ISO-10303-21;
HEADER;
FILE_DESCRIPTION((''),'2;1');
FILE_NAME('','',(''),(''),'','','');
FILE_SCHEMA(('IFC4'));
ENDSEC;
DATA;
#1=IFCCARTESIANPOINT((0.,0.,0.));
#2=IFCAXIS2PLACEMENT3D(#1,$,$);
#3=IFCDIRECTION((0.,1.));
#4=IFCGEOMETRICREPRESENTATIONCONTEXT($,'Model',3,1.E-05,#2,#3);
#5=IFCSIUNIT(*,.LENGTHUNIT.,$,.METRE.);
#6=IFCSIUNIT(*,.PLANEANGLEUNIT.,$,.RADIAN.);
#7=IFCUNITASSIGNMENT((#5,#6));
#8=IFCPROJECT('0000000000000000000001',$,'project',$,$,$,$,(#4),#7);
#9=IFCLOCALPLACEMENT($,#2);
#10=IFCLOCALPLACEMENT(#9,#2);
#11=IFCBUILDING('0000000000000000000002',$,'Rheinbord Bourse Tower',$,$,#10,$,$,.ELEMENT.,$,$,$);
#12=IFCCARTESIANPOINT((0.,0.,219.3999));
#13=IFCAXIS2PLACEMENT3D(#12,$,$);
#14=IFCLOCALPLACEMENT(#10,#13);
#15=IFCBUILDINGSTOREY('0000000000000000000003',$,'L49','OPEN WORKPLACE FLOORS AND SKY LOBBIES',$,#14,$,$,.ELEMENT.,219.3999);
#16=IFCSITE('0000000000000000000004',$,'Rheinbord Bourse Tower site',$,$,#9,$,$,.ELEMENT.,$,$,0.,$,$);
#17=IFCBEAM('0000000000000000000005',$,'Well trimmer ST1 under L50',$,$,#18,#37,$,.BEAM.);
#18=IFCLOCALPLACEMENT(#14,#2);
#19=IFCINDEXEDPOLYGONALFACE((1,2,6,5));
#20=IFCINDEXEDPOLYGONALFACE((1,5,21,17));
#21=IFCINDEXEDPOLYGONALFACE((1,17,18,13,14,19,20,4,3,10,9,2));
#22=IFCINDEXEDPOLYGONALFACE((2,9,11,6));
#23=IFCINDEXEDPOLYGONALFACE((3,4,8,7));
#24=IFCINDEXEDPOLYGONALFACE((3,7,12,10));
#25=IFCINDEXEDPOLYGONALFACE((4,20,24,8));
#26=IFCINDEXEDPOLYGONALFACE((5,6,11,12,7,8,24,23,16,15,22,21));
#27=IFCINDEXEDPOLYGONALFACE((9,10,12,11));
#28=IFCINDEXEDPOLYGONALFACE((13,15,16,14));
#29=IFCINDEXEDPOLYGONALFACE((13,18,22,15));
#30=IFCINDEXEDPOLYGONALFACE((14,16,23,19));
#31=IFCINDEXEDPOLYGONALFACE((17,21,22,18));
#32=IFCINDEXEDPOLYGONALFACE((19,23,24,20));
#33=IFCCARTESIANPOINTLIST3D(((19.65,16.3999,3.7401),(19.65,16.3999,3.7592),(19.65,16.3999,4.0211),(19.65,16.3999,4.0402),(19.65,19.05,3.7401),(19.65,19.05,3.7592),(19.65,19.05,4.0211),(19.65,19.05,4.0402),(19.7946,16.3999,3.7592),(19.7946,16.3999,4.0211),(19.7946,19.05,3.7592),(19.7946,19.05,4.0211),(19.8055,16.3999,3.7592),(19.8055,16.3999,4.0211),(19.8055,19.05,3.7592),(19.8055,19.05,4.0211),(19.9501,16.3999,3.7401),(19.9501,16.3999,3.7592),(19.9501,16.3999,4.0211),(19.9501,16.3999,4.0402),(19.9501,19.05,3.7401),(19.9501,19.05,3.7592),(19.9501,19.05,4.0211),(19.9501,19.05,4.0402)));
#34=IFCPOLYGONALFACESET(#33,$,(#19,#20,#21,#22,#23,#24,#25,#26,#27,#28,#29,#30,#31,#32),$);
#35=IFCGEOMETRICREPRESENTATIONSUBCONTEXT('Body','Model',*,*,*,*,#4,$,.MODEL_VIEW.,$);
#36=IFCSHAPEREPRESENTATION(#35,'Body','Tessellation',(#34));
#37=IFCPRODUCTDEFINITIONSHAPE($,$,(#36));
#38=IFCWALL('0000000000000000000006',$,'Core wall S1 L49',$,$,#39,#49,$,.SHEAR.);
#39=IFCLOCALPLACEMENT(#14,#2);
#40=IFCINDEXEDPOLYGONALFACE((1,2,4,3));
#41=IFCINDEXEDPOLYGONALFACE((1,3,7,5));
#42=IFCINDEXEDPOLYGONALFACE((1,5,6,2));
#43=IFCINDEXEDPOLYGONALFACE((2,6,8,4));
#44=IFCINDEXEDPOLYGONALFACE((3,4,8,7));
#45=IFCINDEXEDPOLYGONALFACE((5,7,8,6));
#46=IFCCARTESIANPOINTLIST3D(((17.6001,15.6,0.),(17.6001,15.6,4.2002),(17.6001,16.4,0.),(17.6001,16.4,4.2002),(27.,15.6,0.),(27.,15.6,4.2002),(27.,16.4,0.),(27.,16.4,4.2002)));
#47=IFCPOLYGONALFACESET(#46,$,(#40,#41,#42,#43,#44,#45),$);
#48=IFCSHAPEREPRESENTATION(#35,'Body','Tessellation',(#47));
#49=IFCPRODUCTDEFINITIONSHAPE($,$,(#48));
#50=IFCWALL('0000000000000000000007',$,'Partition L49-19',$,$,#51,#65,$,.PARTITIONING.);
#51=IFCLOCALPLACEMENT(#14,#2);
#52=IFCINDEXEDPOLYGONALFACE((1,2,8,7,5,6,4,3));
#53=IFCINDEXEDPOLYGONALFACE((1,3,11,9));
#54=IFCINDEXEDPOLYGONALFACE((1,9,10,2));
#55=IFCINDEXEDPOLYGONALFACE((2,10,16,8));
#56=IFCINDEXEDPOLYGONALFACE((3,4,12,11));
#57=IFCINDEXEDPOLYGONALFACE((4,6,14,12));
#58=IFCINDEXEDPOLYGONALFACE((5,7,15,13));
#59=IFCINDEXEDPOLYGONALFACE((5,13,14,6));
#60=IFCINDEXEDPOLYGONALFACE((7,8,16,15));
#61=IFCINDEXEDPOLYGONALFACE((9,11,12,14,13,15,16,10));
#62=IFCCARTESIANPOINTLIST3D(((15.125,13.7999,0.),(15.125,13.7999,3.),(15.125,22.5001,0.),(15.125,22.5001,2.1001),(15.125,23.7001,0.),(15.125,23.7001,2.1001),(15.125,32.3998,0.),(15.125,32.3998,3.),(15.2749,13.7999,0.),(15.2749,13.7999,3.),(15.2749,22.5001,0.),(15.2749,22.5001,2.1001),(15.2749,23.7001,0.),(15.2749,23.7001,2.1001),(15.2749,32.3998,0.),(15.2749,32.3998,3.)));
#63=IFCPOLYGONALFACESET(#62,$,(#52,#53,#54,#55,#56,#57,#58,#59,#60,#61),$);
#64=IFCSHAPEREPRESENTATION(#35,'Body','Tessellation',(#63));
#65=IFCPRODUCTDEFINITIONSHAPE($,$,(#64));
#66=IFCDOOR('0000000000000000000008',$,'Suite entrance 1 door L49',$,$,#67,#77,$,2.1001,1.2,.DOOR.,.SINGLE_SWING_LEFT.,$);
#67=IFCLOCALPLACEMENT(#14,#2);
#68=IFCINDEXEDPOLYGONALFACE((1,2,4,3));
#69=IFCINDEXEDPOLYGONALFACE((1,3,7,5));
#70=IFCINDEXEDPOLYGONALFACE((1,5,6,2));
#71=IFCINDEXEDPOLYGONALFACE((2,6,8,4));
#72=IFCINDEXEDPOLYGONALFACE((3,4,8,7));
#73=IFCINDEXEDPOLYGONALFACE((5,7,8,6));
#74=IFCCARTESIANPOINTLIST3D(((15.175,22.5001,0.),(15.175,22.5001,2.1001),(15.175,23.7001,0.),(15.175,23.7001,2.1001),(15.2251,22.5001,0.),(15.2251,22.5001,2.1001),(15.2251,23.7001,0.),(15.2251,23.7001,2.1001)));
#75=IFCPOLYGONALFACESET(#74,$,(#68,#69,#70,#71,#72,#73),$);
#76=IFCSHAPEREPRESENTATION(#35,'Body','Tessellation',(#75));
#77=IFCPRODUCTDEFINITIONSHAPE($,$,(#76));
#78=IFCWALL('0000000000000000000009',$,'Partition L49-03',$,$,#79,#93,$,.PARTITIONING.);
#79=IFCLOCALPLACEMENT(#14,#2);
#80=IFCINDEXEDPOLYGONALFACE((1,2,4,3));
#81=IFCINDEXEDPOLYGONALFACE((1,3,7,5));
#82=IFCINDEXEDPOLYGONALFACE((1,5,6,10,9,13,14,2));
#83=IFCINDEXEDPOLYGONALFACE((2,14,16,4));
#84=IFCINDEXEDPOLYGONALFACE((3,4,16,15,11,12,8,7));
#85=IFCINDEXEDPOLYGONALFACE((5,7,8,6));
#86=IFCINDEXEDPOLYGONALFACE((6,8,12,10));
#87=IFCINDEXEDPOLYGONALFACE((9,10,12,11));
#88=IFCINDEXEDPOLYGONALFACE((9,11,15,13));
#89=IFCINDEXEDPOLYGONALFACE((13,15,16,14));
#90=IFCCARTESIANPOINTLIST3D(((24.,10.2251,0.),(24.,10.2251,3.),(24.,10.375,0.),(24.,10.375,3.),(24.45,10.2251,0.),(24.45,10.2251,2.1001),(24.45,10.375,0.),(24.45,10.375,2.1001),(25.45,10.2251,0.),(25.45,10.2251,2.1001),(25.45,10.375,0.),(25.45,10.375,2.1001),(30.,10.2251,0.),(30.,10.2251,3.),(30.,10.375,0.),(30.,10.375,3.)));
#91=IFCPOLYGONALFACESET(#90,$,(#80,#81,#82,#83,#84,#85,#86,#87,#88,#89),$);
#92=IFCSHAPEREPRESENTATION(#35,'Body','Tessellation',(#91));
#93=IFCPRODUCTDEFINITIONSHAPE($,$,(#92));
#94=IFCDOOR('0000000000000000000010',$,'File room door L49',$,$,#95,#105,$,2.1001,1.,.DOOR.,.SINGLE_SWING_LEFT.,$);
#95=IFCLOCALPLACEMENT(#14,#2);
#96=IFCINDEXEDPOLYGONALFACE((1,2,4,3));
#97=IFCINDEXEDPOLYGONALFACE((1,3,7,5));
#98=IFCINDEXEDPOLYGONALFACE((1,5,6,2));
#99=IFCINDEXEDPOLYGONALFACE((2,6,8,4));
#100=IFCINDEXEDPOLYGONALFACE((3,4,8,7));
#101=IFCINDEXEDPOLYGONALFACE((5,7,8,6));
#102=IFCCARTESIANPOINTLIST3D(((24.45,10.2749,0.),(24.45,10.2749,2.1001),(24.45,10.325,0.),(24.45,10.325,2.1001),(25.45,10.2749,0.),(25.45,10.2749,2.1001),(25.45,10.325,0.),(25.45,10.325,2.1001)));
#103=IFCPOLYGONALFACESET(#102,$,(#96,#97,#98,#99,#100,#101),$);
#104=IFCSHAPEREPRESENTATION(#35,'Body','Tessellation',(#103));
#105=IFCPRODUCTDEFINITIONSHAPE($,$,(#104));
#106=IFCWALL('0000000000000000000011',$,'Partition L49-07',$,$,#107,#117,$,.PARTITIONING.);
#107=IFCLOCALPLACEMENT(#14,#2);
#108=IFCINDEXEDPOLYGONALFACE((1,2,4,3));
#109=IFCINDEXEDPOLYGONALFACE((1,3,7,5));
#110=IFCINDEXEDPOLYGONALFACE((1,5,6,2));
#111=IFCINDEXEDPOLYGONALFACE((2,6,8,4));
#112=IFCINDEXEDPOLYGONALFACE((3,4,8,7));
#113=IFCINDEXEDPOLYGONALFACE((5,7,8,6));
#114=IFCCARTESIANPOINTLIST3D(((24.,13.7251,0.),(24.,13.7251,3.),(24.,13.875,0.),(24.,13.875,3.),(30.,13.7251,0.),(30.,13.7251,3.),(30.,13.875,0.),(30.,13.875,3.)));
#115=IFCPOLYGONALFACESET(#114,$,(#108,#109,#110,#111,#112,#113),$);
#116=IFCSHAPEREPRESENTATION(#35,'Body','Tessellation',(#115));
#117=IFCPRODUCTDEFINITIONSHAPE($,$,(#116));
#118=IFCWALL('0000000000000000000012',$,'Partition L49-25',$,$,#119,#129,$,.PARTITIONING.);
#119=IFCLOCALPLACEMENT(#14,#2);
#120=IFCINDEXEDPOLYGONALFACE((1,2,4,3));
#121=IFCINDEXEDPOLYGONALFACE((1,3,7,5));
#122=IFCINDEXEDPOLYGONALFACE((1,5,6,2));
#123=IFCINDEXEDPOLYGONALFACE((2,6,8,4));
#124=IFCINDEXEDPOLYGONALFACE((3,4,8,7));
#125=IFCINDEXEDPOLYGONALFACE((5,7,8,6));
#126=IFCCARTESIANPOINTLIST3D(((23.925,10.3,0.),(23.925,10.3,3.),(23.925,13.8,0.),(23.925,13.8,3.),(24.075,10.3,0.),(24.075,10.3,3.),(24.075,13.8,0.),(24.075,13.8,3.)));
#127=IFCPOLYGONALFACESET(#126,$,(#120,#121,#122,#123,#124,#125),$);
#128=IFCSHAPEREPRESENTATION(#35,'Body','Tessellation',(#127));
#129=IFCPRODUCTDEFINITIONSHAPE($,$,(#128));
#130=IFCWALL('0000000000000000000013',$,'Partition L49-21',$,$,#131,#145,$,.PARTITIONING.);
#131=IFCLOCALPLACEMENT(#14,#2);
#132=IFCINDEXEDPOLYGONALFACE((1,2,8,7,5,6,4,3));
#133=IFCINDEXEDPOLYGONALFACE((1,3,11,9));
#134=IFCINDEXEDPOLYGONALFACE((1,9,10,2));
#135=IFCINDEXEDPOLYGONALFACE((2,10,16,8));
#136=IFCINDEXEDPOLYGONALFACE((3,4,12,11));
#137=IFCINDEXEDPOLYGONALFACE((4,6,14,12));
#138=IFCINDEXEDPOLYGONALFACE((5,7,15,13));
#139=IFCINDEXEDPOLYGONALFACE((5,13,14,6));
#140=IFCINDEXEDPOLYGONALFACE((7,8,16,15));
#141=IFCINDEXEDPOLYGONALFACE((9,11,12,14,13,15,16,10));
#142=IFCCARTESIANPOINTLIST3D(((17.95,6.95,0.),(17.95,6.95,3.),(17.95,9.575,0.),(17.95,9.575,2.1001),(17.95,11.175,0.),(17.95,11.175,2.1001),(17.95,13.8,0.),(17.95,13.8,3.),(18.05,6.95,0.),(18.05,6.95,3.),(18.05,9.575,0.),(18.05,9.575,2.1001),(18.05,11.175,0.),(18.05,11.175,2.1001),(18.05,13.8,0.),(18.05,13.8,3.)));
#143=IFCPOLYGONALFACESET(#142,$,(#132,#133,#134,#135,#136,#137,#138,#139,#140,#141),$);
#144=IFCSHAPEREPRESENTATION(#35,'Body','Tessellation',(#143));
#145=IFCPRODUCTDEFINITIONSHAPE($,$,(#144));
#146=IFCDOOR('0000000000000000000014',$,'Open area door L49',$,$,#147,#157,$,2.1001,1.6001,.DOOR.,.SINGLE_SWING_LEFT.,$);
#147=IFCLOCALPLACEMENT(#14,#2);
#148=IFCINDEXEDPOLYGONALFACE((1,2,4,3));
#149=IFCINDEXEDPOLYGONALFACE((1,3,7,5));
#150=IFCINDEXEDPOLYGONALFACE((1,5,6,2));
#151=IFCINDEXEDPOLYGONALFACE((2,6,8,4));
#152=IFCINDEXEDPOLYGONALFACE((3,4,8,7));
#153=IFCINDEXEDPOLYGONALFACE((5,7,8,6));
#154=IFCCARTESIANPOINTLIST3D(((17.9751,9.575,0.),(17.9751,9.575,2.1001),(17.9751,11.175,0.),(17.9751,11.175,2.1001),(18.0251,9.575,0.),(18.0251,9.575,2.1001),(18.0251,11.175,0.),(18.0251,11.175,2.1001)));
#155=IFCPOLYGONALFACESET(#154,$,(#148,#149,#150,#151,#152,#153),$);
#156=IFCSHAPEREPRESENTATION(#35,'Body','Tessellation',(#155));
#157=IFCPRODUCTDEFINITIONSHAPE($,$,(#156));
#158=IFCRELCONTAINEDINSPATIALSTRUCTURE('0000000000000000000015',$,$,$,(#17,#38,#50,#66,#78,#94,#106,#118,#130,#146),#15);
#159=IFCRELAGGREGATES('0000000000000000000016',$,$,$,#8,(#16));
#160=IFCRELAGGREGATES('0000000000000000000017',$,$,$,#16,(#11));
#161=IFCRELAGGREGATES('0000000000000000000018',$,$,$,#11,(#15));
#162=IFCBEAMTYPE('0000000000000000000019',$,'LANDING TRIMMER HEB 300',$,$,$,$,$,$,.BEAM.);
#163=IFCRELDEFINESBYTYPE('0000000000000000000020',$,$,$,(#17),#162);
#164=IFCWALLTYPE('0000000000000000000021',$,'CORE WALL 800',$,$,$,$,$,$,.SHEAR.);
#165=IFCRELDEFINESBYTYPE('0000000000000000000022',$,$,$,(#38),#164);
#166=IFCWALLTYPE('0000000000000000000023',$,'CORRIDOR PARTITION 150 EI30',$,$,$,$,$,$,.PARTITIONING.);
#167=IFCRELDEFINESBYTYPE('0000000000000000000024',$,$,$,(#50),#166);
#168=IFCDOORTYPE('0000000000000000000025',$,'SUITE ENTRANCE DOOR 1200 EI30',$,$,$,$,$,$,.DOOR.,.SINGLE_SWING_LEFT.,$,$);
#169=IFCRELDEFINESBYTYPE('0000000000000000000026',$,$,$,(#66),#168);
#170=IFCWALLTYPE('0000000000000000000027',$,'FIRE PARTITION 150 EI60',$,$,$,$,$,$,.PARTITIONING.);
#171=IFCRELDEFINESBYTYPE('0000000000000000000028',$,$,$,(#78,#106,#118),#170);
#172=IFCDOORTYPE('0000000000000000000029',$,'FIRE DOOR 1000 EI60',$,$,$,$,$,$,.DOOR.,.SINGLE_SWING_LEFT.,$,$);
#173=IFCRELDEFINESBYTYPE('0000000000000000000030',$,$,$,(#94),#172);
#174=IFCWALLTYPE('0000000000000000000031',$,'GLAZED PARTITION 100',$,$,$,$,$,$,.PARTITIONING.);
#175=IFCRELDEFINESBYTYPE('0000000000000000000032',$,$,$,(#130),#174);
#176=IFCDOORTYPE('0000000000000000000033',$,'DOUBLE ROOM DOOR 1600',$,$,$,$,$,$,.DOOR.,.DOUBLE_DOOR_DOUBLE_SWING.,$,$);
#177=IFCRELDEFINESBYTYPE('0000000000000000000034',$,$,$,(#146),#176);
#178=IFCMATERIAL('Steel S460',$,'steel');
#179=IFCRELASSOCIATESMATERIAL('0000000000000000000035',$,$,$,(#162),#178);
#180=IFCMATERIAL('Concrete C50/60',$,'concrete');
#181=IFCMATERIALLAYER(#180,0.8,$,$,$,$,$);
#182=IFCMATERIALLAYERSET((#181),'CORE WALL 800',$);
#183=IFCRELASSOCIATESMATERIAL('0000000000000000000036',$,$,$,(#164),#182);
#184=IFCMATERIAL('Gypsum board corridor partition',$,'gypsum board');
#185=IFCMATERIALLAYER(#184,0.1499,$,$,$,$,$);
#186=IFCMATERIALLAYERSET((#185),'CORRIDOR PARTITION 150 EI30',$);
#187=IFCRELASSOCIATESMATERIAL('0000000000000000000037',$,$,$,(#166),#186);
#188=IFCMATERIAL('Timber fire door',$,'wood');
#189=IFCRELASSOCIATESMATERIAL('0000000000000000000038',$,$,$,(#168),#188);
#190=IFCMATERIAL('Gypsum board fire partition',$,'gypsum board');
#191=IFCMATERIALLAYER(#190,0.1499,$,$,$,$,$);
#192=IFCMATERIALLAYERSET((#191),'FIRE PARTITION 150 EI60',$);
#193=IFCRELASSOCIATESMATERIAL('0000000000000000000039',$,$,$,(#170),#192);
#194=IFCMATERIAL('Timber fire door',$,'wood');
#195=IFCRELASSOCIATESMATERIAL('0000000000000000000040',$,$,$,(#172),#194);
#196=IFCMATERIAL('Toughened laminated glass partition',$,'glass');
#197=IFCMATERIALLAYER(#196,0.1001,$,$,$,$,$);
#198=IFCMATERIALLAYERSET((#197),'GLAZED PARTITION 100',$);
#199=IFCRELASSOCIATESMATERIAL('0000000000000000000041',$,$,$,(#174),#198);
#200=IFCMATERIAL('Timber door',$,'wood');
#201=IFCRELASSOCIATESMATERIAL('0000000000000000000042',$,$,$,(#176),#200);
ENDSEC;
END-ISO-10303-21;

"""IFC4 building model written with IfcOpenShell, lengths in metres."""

from ifc_helpers import new_model, si_unit, direction, frame, frame_2d, origin, origin_2d, place, context, subcontext, project, spatial, rectangle, i_section, extrude, material, layer, layer_set, material_profile, profile_set, type_object, element, fill, save


model = new_model("IFC4")

# Units and contexts
model_context = context("Model", 3, precision=1e-05, world=origin(), true_north=direction((0.0, 1.0)))
body_context = subcontext(model_context, "Body", "Model", "MODEL_VIEW")
ifc_project = project(units=[si_unit("LENGTHUNIT", "METRE"), si_unit("PLANEANGLEUNIT", "RADIAN")], contexts=[model_context])

# Site, building, storey
site_placement = place(None, origin())
site = spatial("IfcSite", under=ifc_project, at=site_placement, Name="Rheinbord Bourse Tower site", CompositionType="ELEMENT", RefElevation=0.0)
building_placement = place(site_placement, origin())
building = spatial("IfcBuilding", under=site, at=building_placement, Name="Rheinbord Bourse Tower", CompositionType="ELEMENT")
storey_placement = place(building_placement, frame((0.0, 0.0, 219.3999)))
storey = spatial("IfcBuildingStorey", under=building, at=storey_placement, Name="L49", Description="OPEN WORKPLACE FLOORS AND SKY LOBBIES", CompositionType="ELEMENT", Elevation=219.3999)

# Beam
ifc_material_1 = material(Name="Steel S460", Category="steel")
ifc_material_profile = material_profile(ifc_material_1, i_section(OverallWidth=0.3, OverallDepth=0.3, WebThickness=0.011, FlangeThickness=0.019, at=origin_2d()), Name="HEB 300")
ifc_profile_set = profile_set([ifc_material_profile], Name="Steel S460")
beam_type = type_object("IfcBeamType", Name="LANDING TRIMMER HEB 300", PredefinedType="BEAM", material=ifc_profile_set)
beam_placement = place(storey_placement, frame((19.8, 16.3999, 3.8901), z_axis=(0.0, 1.0, 0.0), x_axis=(-1.0, 0.0, 0.0)))
element("IfcBeam", 1, at=beam_placement, inside=storey, type_object=beam_type, Name="Well trimmer ST1 under L50", PredefinedType="BEAM", context=body_context, shape_type="SweptSolid", body=[
    extrude(i_section(OverallWidth=0.3, OverallDepth=0.3, WebThickness=0.011, FlangeThickness=0.019, at=origin_2d()), origin(), (0.0, 0.0, 1.0), 2.6501),
])

# Wall
ifc_material_2 = material(Name="Concrete C50/60", Category="concrete")
ifc_layer_1 = layer(ifc_material_2, 0.8)
ifc_layer_set_1 = layer_set([ifc_layer_1], Name="CORE WALL 800")
wall_type_1 = type_object("IfcWallType", Name="CORE WALL 800", PredefinedType="SHEAR", material=ifc_layer_set_1)
wall_1_placement = place(storey_placement, frame((17.6001, 16.0, 0.0), z_axis=(0.0, 0.0, 1.0), x_axis=(1.0, 0.0, 0.0)))
element("IfcWall", 2, at=wall_1_placement, inside=storey, type_object=wall_type_1, Name="Core wall S1 L49", PredefinedType="SHEAR", context=body_context, shape_type="SweptSolid", body=[
    extrude(rectangle(XDim=9.3999, YDim=0.8, at=frame_2d((4.7, 0.0))), origin(), (0.0, 0.0, 1.0), 4.2002),
])

# Walls, openings, doors
ifc_material_3 = material(Name="Gypsum board corridor partition", Category="gypsum board")
ifc_layer_2 = layer(ifc_material_3, 0.1499)
ifc_layer_set_2 = layer_set([ifc_layer_2], Name="CORRIDOR PARTITION 150 EI30")
wall_type_2 = type_object("IfcWallType", Name="CORRIDOR PARTITION 150 EI30", PredefinedType="PARTITIONING", material=ifc_layer_set_2)
wall_2_placement = place(storey_placement, frame((15.2, 13.8, 0.0), z_axis=(0.0, 0.0, 1.0), x_axis=(0.0, 1.0, 0.0)))
wall_2 = element("IfcWall", 3, at=wall_2_placement, inside=storey, type_object=wall_type_2, Name="Partition L49-19", PredefinedType="PARTITIONING", context=body_context, shape_type="SweptSolid", body=[
    extrude(rectangle(XDim=18.5999, YDim=0.1499, at=frame_2d((9.2998, 0.0))), origin(), (0.0, 0.0, 1.0), 3.0),
])
opening_1_placement = place(wall_2_placement, frame((8.7, 0.0, 0.0)))
opening_1 = element("IfcOpeningElement", 4, at=opening_1_placement, cuts=wall_2, PredefinedType="OPENING", context=body_context, shape_type="SweptSolid", body=[
    extrude(rectangle(XDim=1.2, YDim=2.1001, at=frame_2d((0.6001, 1.05))), frame((0.0, 0.085, 0.0), z_axis=(0.0, -1.0, 0.0), x_axis=(1.0, 0.0, 0.0)), (0.0, 0.0, 1.0), 0.1699),
])
ifc_material_4 = material(Name="Timber fire door", Category="wood")
door_type_1 = type_object("IfcDoorType", Name="SUITE ENTRANCE DOOR 1200 EI30", OperationType="SINGLE_SWING_LEFT", PredefinedType="DOOR", material=ifc_material_4)
door_1_placement = place(opening_1_placement, origin())
door_1 = element("IfcDoor", 5, at=door_1_placement, inside=storey, type_object=door_type_1, Name="Suite entrance 1 door L49", OperationType="SINGLE_SWING_LEFT", OverallHeight=2.1001, OverallWidth=1.2, PredefinedType="DOOR", context=body_context, shape_type="SweptSolid", body=[
    extrude(rectangle(XDim=1.2, YDim=2.1001, at=frame_2d((0.6001, 1.05))), frame((0.0, 0.0249, 0.0), z_axis=(0.0, -1.0, 0.0), x_axis=(1.0, 0.0, 0.0)), (0.0, 0.0, 1.0), 0.05),
])
fill(opening_1, door_1)
ifc_material_5 = material(Name="Gypsum board fire partition", Category="gypsum board")
ifc_layer_3 = layer(ifc_material_5, 0.1499)
ifc_layer_set_3 = layer_set([ifc_layer_3], Name="FIRE PARTITION 150 EI60")
wall_type_3 = type_object("IfcWallType", Name="FIRE PARTITION 150 EI60", PredefinedType="PARTITIONING", material=ifc_layer_set_3)
wall_3_placement = place(storey_placement, frame((24.0, 10.3, 0.0), z_axis=(0.0, 0.0, 1.0), x_axis=(1.0, 0.0, 0.0)))
wall_3 = element("IfcWall", 6, at=wall_3_placement, inside=storey, type_object=wall_type_3, Name="Partition L49-03", PredefinedType="PARTITIONING", context=body_context, shape_type="SweptSolid", body=[
    extrude(rectangle(XDim=6.0, YDim=0.1499, at=frame_2d((3.0, 0.0))), origin(), (0.0, 0.0, 1.0), 3.0),
])
opening_2_placement = place(wall_3_placement, frame((0.45, 0.0, 0.0)))
opening_2 = element("IfcOpeningElement", 7, at=opening_2_placement, cuts=wall_3, PredefinedType="OPENING", context=body_context, shape_type="SweptSolid", body=[
    extrude(rectangle(XDim=1.0, YDim=2.1001, at=frame_2d((0.5, 1.05))), frame((0.0, 0.085, 0.0), z_axis=(0.0, -1.0, 0.0), x_axis=(1.0, 0.0, 0.0)), (0.0, 0.0, 1.0), 0.1699),
])
ifc_material_6 = material(Name="Timber fire door", Category="wood")
door_type_2 = type_object("IfcDoorType", Name="FIRE DOOR 1000 EI60", OperationType="SINGLE_SWING_LEFT", PredefinedType="DOOR", material=ifc_material_6)
door_2_placement = place(opening_2_placement, origin())
door_2 = element("IfcDoor", 8, at=door_2_placement, inside=storey, type_object=door_type_2, Name="File room door L49", OperationType="SINGLE_SWING_LEFT", OverallHeight=2.1001, OverallWidth=1.0, PredefinedType="DOOR", context=body_context, shape_type="SweptSolid", body=[
    extrude(rectangle(XDim=1.0, YDim=2.1001, at=frame_2d((0.5, 1.05))), frame((0.0, 0.0249, 0.0), z_axis=(0.0, -1.0, 0.0), x_axis=(1.0, 0.0, 0.0)), (0.0, 0.0, 1.0), 0.05),
])
fill(opening_2, door_2)

# Walls
wall_4_placement = place(storey_placement, frame((24.0, 13.8, 0.0), z_axis=(0.0, 0.0, 1.0), x_axis=(1.0, 0.0, 0.0)))
element("IfcWall", 9, at=wall_4_placement, inside=storey, type_object=wall_type_3, Name="Partition L49-07", PredefinedType="PARTITIONING", context=body_context, shape_type="SweptSolid", body=[
    extrude(rectangle(XDim=6.0, YDim=0.1499, at=frame_2d((3.0, 0.0))), origin(), (0.0, 0.0, 1.0), 3.0),
])
wall_5_placement = place(storey_placement, frame((24.0, 10.3, 0.0), z_axis=(0.0, 0.0, 1.0), x_axis=(0.0, 1.0, 0.0)))
element("IfcWall", 10, at=wall_5_placement, inside=storey, type_object=wall_type_3, Name="Partition L49-25", PredefinedType="PARTITIONING", context=body_context, shape_type="SweptSolid", body=[
    extrude(rectangle(XDim=3.5, YDim=0.1499, at=frame_2d((1.75, 0.0))), origin(), (0.0, 0.0, 1.0), 3.0),
])

# Wall, opening, door
ifc_material_7 = material(Name="Toughened laminated glass partition", Category="glass")
ifc_layer_4 = layer(ifc_material_7, 0.1001)
ifc_layer_set_4 = layer_set([ifc_layer_4], Name="GLAZED PARTITION 100")
wall_type_4 = type_object("IfcWallType", Name="GLAZED PARTITION 100", PredefinedType="PARTITIONING", material=ifc_layer_set_4)
wall_6_placement = place(storey_placement, frame((18.0, 6.95, 0.0), z_axis=(0.0, 0.0, 1.0), x_axis=(0.0, 1.0, 0.0)))
wall_6 = element("IfcWall", 11, at=wall_6_placement, inside=storey, type_object=wall_type_4, Name="Partition L49-21", PredefinedType="PARTITIONING", context=body_context, shape_type="SweptSolid", body=[
    extrude(rectangle(XDim=6.8501, YDim=0.1001, at=frame_2d((3.425, 0.0))), origin(), (0.0, 0.0, 1.0), 3.0),
])
opening_3_placement = place(wall_6_placement, frame((2.625, 0.0, 0.0)))
opening_3 = element("IfcOpeningElement", 12, at=opening_3_placement, cuts=wall_6, PredefinedType="OPENING", context=body_context, shape_type="SweptSolid", body=[
    extrude(rectangle(XDim=1.6001, YDim=2.1001, at=frame_2d((0.8, 1.05))), frame((0.0, 0.0601, 0.0), z_axis=(0.0, -1.0, 0.0), x_axis=(1.0, 0.0, 0.0)), (0.0, 0.0, 1.0), 0.1201),
])
ifc_material_8 = material(Name="Timber door", Category="wood")
door_type_3 = type_object("IfcDoorType", Name="DOUBLE ROOM DOOR 1600", OperationType="DOUBLE_DOOR_DOUBLE_SWING", PredefinedType="DOOR", material=ifc_material_8)
door_3_placement = place(opening_3_placement, origin())
door_3 = element("IfcDoor", 13, at=door_3_placement, inside=storey, type_object=door_type_3, Name="Open area door L49", OperationType="SINGLE_SWING_LEFT", OverallHeight=2.1001, OverallWidth=1.6001, PredefinedType="DOOR", context=body_context, shape_type="SweptSolid", body=[
    extrude(rectangle(XDim=1.6001, YDim=2.1001, at=frame_2d((0.8, 1.05))), frame((0.0, 0.0249, 0.0), z_axis=(0.0, -1.0, 0.0), x_axis=(1.0, 0.0, 0.0)), (0.0, 0.0, 1.0), 0.05),
])
fill(opening_3, door_3)

save(model, "model.ifc")
